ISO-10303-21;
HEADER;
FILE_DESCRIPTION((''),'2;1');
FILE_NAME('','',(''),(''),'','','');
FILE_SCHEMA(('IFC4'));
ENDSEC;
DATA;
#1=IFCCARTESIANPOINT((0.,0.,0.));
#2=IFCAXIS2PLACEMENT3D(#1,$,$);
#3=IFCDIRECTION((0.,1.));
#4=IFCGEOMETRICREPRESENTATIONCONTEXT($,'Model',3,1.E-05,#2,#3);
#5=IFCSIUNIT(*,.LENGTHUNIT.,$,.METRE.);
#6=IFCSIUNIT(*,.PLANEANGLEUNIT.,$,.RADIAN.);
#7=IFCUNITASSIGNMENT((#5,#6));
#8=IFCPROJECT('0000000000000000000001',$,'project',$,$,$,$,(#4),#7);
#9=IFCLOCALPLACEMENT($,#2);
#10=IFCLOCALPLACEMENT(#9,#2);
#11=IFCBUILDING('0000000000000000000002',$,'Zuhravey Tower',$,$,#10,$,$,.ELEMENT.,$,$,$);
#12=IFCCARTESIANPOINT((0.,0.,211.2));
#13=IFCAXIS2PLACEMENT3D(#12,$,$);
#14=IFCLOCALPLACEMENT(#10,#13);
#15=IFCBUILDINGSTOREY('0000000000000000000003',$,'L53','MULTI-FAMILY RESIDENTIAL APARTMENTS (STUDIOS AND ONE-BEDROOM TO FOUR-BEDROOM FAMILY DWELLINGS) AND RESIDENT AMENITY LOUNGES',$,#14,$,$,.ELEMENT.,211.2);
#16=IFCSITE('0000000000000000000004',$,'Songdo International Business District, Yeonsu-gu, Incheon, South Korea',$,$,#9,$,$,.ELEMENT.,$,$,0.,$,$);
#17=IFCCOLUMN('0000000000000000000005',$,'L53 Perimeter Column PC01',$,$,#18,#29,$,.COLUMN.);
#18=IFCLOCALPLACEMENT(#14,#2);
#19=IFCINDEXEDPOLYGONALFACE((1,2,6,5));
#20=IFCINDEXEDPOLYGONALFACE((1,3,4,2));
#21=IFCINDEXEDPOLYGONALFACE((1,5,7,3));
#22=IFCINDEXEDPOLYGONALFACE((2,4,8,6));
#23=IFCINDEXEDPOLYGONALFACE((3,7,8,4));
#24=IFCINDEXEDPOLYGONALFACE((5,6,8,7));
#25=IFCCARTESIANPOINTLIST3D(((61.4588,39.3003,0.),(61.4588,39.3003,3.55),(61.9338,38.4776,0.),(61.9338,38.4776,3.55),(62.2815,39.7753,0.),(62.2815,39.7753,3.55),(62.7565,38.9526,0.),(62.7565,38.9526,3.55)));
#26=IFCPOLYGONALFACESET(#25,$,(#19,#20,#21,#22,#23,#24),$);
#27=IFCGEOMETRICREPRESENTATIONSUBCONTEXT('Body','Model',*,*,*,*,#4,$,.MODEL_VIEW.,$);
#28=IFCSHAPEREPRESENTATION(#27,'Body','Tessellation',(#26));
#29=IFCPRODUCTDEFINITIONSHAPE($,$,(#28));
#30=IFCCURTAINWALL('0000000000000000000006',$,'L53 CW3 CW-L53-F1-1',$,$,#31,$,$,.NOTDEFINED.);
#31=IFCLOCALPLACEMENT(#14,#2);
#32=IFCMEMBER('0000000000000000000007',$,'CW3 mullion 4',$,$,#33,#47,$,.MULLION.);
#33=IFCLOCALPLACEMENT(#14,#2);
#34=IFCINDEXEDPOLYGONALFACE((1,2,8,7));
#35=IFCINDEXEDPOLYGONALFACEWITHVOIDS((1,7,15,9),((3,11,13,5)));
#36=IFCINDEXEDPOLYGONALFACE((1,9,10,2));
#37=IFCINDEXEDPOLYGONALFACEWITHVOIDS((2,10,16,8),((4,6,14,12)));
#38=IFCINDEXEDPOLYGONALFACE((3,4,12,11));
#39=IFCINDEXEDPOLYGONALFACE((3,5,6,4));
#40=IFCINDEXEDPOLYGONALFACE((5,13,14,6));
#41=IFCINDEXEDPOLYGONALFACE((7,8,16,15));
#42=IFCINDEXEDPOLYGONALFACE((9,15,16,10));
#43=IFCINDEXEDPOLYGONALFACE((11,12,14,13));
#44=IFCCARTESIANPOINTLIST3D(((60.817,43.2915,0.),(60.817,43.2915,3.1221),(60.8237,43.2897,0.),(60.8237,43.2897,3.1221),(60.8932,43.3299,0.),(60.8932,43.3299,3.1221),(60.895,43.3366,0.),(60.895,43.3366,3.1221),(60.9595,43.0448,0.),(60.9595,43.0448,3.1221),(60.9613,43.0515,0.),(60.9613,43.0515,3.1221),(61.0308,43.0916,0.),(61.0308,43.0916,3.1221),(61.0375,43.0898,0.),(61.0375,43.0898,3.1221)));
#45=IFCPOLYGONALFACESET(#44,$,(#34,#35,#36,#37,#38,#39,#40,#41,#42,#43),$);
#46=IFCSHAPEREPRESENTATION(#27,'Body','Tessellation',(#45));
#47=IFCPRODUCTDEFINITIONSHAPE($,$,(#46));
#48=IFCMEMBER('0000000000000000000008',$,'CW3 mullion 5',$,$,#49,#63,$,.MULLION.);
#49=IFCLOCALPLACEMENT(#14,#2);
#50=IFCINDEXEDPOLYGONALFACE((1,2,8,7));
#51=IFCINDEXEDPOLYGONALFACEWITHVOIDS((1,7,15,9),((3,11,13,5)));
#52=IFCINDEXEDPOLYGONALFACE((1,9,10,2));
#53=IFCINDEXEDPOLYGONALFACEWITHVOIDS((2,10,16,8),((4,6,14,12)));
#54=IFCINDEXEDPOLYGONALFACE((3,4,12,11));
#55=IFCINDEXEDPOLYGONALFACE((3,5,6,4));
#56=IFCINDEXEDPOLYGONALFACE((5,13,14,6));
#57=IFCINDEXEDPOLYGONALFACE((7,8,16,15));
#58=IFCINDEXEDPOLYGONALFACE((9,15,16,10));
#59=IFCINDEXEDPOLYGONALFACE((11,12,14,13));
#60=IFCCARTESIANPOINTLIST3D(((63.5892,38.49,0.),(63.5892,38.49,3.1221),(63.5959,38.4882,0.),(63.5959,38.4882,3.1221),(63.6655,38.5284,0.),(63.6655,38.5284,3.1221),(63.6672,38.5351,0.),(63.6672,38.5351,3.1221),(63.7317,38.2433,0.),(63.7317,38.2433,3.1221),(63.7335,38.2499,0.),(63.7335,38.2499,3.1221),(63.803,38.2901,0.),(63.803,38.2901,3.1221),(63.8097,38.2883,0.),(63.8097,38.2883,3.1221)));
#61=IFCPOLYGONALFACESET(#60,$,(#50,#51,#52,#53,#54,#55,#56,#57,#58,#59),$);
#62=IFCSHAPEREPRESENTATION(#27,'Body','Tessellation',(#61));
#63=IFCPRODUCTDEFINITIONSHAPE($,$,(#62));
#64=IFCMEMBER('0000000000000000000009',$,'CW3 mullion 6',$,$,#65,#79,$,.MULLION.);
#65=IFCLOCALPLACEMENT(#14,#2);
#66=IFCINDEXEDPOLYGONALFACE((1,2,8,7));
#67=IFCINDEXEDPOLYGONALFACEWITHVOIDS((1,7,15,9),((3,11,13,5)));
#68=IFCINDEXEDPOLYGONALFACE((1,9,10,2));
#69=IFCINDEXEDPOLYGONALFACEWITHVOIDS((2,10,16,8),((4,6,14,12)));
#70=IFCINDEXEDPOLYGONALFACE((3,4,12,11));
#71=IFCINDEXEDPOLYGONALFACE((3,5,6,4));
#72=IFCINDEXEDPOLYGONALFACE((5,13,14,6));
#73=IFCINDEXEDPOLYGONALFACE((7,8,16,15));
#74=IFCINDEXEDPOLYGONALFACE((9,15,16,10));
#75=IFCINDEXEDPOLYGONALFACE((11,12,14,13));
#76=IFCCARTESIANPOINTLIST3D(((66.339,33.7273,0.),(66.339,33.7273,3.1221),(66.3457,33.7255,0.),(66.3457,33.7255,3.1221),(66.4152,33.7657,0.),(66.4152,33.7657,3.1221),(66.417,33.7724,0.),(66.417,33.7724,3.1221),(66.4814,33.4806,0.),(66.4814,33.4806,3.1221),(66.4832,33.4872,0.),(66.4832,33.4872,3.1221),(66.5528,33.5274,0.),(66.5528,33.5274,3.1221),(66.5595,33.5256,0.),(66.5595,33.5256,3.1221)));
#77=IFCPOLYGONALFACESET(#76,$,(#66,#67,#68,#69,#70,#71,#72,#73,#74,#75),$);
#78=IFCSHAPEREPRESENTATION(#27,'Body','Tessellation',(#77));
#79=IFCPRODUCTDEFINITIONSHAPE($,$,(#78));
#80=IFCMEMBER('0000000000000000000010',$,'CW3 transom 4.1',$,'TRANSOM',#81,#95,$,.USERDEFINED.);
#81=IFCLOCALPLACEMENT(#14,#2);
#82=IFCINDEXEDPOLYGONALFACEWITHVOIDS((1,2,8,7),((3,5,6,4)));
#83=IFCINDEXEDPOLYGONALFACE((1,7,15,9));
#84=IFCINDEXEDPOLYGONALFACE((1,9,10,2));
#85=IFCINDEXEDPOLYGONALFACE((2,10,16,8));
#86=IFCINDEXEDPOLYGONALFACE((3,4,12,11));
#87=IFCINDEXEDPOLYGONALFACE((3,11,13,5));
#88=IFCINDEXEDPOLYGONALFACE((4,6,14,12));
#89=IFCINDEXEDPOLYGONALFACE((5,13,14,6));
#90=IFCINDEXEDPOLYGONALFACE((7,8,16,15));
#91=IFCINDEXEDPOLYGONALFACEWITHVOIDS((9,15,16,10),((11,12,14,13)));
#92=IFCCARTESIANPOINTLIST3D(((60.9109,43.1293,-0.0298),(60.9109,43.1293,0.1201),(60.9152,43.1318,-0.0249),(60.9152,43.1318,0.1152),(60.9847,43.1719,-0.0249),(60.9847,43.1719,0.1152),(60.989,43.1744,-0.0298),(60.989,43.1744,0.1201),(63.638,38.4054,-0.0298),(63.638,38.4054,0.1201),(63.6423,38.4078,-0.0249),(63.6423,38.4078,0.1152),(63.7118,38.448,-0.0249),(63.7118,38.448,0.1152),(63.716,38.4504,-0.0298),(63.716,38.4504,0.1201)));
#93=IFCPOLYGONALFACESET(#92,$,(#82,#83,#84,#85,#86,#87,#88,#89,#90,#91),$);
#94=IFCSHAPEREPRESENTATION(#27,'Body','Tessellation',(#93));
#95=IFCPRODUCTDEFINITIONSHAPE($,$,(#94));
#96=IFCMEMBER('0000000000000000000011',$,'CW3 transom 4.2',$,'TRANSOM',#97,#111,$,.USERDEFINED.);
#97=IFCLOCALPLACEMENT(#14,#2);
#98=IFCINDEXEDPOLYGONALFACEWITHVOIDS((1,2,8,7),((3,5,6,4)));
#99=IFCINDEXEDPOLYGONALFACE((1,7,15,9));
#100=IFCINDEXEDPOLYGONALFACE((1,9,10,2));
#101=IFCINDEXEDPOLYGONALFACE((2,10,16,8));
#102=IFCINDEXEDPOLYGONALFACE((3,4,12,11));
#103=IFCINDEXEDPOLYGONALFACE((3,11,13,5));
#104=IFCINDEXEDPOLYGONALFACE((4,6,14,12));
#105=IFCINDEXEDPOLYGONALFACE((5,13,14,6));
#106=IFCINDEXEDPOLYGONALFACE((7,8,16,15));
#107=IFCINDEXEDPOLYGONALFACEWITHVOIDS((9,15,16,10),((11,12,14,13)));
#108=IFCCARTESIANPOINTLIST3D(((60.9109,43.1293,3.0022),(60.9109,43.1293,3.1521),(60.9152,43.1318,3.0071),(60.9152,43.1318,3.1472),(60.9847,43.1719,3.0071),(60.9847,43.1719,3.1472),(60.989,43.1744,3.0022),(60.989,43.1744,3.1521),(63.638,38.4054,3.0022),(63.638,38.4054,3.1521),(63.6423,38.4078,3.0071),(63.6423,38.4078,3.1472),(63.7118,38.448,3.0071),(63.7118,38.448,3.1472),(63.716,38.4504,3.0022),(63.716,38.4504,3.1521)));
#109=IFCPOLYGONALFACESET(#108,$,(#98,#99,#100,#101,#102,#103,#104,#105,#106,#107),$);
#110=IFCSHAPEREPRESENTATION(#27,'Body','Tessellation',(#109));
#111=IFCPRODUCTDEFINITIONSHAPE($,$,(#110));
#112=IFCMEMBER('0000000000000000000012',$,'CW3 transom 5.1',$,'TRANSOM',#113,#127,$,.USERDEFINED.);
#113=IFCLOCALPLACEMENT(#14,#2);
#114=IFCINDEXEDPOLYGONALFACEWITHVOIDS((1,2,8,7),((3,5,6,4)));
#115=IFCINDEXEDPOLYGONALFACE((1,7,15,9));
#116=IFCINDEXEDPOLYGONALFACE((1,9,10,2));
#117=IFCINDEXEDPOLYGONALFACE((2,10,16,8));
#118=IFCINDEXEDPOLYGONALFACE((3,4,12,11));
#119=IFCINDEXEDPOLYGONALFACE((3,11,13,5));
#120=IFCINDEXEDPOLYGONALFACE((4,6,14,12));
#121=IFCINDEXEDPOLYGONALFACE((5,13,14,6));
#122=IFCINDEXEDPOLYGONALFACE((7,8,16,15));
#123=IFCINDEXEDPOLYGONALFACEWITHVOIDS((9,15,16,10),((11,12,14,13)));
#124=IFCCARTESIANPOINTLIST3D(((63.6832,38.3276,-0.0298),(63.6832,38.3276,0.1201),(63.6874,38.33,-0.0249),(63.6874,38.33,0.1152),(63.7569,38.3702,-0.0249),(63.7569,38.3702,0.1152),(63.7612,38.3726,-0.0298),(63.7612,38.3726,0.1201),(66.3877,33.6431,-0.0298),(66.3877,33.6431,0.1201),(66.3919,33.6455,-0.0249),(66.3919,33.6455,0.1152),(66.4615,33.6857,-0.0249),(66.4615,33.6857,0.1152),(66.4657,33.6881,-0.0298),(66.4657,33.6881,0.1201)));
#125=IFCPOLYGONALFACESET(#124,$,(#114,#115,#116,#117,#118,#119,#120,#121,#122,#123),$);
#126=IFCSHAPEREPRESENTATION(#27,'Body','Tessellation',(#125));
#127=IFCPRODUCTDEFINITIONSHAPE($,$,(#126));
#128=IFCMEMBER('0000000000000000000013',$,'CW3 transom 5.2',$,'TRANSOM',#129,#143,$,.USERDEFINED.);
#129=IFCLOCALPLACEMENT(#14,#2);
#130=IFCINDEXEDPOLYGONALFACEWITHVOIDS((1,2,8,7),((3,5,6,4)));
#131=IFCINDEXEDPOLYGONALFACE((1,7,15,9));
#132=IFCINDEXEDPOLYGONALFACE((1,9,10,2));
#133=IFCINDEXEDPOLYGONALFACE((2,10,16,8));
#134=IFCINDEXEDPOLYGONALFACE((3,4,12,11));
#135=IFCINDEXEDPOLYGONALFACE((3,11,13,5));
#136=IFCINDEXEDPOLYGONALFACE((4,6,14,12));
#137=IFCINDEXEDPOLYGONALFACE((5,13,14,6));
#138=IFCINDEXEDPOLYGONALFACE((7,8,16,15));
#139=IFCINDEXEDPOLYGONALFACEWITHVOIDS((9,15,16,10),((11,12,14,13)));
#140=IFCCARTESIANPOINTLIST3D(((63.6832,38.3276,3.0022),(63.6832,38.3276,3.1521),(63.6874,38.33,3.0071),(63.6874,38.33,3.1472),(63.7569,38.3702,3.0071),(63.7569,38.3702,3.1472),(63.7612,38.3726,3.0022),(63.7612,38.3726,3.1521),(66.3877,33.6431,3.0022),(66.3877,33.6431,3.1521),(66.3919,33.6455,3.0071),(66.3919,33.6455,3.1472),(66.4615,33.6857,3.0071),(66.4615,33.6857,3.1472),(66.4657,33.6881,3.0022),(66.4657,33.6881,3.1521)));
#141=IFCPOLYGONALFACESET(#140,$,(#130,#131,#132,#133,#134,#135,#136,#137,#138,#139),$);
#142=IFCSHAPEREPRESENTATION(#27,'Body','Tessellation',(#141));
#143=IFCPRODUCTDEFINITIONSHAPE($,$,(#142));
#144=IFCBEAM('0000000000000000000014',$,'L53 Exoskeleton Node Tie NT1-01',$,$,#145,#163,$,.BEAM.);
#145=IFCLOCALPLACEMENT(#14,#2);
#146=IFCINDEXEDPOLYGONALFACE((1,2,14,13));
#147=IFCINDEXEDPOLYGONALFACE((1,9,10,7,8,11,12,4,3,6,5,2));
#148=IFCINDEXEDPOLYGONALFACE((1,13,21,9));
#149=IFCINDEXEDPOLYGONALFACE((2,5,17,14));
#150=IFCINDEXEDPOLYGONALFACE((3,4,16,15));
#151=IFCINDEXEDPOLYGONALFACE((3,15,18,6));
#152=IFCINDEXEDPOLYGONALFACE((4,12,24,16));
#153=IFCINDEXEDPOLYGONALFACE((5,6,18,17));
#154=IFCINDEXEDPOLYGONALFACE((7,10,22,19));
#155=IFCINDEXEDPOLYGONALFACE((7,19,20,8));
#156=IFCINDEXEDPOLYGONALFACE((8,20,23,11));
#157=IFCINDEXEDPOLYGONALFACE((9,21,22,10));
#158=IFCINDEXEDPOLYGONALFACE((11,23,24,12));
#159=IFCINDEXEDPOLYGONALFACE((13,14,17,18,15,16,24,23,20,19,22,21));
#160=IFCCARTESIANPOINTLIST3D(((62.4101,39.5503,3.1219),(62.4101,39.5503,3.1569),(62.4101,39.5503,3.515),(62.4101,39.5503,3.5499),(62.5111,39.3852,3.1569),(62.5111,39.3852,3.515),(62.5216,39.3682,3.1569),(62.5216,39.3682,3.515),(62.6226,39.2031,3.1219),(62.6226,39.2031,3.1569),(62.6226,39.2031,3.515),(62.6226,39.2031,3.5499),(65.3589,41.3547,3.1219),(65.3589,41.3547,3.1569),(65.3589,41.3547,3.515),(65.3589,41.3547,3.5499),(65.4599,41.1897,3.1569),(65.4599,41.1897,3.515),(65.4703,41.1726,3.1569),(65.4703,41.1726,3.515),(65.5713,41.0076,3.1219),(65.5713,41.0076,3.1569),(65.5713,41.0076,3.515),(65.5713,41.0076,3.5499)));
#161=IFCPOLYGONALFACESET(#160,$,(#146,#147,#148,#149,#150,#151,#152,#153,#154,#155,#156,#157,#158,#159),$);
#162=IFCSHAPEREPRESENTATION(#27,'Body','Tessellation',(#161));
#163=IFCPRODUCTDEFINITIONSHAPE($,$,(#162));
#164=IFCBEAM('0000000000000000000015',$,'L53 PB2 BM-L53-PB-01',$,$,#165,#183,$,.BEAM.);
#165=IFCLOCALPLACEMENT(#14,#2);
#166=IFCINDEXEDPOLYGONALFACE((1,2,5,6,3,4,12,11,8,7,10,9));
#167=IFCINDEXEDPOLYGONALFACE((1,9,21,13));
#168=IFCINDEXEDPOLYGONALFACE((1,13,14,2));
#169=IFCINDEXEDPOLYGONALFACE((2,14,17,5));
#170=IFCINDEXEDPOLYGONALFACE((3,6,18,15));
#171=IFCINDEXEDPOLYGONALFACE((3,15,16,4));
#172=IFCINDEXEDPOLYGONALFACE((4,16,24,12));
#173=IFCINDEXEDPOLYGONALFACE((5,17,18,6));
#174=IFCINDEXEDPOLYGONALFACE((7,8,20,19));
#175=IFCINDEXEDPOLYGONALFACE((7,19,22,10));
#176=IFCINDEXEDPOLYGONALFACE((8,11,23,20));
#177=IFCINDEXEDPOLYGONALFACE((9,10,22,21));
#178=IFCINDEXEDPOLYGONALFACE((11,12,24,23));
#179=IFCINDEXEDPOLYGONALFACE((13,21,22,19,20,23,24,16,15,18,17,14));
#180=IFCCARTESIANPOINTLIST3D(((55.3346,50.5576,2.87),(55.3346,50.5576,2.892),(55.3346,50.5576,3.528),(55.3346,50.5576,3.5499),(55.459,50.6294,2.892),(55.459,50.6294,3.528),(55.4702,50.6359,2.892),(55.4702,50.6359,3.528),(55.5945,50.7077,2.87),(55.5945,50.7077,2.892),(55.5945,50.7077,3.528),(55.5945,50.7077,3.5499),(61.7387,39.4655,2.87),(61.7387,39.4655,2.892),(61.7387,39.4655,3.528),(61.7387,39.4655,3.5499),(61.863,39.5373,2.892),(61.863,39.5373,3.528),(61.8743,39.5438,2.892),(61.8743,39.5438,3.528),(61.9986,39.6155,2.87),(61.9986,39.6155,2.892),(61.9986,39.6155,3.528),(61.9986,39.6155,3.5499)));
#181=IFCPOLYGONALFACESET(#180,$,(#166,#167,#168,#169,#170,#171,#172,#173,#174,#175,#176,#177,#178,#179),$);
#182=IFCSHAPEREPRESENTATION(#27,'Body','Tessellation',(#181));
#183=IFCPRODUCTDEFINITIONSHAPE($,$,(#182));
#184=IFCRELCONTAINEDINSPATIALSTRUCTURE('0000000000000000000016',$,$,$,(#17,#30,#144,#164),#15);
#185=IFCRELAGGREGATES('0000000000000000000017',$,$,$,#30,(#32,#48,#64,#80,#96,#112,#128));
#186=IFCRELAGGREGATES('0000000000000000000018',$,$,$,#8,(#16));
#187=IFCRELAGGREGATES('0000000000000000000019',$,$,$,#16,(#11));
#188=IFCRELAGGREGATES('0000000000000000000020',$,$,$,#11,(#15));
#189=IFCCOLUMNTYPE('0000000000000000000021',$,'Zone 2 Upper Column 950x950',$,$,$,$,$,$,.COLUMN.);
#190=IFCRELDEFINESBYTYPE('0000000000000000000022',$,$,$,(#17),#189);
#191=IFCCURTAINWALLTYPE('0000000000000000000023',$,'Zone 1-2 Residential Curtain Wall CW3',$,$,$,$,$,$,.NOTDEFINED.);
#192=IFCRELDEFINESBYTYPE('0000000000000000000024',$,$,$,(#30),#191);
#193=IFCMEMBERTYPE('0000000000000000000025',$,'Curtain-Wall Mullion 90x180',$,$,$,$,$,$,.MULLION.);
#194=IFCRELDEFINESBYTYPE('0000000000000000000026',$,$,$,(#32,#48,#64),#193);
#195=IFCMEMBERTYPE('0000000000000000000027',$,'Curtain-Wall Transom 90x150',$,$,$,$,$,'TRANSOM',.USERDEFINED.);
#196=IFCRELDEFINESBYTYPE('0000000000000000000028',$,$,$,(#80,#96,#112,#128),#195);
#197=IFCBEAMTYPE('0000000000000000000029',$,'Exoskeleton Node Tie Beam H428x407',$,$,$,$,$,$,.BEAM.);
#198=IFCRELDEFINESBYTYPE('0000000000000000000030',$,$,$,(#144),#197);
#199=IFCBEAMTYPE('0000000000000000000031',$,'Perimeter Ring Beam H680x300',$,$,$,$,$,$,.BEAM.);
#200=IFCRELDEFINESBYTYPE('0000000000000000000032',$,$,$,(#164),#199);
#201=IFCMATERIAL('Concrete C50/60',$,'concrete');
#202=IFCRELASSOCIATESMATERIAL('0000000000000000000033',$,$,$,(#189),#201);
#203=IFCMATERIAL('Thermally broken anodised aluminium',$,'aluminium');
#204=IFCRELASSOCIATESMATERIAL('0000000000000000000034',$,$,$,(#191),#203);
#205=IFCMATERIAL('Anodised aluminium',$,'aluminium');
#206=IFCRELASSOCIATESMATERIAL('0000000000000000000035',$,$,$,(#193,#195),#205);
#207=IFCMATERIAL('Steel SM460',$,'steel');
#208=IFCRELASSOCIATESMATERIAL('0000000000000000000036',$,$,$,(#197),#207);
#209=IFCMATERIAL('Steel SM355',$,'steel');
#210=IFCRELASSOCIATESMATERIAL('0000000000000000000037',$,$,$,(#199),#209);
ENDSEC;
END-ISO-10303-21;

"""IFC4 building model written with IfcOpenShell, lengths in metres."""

from ifc_helpers import new_model, si_unit, direction, frame, origin, origin_2d, place, context, subcontext, project, spatial, rectangle, hollow_rectangle, i_section, extrude, material, material_profile, profile_set, type_object, element, aggregate, save


model = new_model("IFC4")

# Units and contexts
model_context = context("Model", 3, precision=1e-05, world=origin(), true_north=direction((0.0, 1.0)))
body_context = subcontext(model_context, "Body", "Model", "MODEL_VIEW")
ifc_project = project(units=[si_unit("LENGTHUNIT", "METRE"), si_unit("PLANEANGLEUNIT", "RADIAN")], contexts=[model_context])

# Site, building, storey
site_placement = place(None, origin())
site = spatial("IfcSite", under=ifc_project, at=site_placement, Name="Songdo International Business District, Yeonsu-gu, Incheon, South Korea", CompositionType="ELEMENT", RefElevation=0.0)
building_placement = place(site_placement, origin())
building = spatial("IfcBuilding", under=site, at=building_placement, Name="Zuhravey Tower", CompositionType="ELEMENT")
storey_placement = place(building_placement, frame((0.0, 0.0, 211.2)))
storey = spatial("IfcBuildingStorey", under=building, at=storey_placement, Name="L53", Description="MULTI-FAMILY RESIDENTIAL APARTMENTS (STUDIOS AND ONE-BEDROOM TO FOUR-BEDROOM FAMILY DWELLINGS) AND RESIDENT AMENITY LOUNGES", CompositionType="ELEMENT", Elevation=211.2)

# Column
ifc_material_1 = material(Name="Concrete C50/60", Category="concrete")
ifc_material_profile_1 = material_profile(ifc_material_1, rectangle(XDim=0.95, YDim=0.95, at=origin_2d()), Name="RC-950x950")
ifc_profile_set_1 = profile_set([ifc_material_profile_1], Name="Concrete C50/60")
column_type = type_object("IfcColumnType", Name="Zone 2 Upper Column 950x950", PredefinedType="COLUMN", material=ifc_profile_set_1)
column_placement = place(storey_placement, frame((62.1077, 39.1265, 0.0), z_axis=(0.0, 0.0, 1.0), x_axis=(-0.5, 0.866025, 0.0)))
element("IfcColumn", 1, at=column_placement, inside=storey, type_object=column_type, Name="L53 Perimeter Column PC01", PredefinedType="COLUMN", context=body_context, shape_type="SweptSolid", body=[
    extrude(rectangle(XDim=0.95, YDim=0.95, at=origin_2d()), origin(), (0.0, 0.0, 1.0), 3.55),
])

# Curtain wall, members
ifc_material_2 = material(Name="Thermally broken anodised aluminium", Category="aluminium")
curtain_wall_type = type_object("IfcCurtainWallType", Name="Zone 1-2 Residential Curtain Wall CW3", PredefinedType="NOTDEFINED", material=ifc_material_2)
curtain_wall_placement = place(storey_placement, origin())
curtain_wall = element("IfcCurtainWall", 2, at=curtain_wall_placement, inside=storey, type_object=curtain_wall_type, Name="L53 CW3 CW-L53-F1-1", PredefinedType="NOTDEFINED")
ifc_material_3 = material(Name="Anodised aluminium", Category="aluminium")
ifc_material_profile_2 = material_profile(ifc_material_3, hollow_rectangle(XDim=0.0901, YDim=0.2849, WallThickness=0.0049, at=origin_2d()), Name="ALU-RHS-90x285x5")
ifc_profile_set_2 = profile_set([ifc_material_profile_2], Name="Anodised aluminium")
member_type_1 = type_object("IfcMemberType", Name="Curtain-Wall Mullion 90x180", PredefinedType="MULLION", material=ifc_profile_set_2)
member_1_placement = place(storey_placement, frame((60.9272, 43.1907, 0.0), z_axis=(0.0, 0.0, 1.0), x_axis=(0.866025, 0.5, 0.0)))
member_1 = element("IfcMember", 3, at=member_1_placement, type_object=member_type_1, Name="CW3 mullion 4", PredefinedType="MULLION", context=body_context, shape_type="SweptSolid", body=[
    extrude(hollow_rectangle(XDim=0.0901, YDim=0.2849, WallThickness=0.0049, at=origin_2d()), origin(), (0.0, 0.0, 1.0), 3.1221),
])
member_2_placement = place(storey_placement, frame((63.6995, 38.3892, 0.0), z_axis=(0.0, 0.0, 1.0), x_axis=(0.866025, 0.5, 0.0)))
member_2 = element("IfcMember", 4, at=member_2_placement, type_object=member_type_1, Name="CW3 mullion 5", PredefinedType="MULLION", context=body_context, shape_type="SweptSolid", body=[
    extrude(hollow_rectangle(XDim=0.0901, YDim=0.2849, WallThickness=0.0049, at=origin_2d()), origin(), (0.0, 0.0, 1.0), 3.1221),
])
member_3_placement = place(storey_placement, frame((66.4492, 33.6265, 0.0), z_axis=(0.0, 0.0, 1.0), x_axis=(0.866025, 0.5, 0.0)))
member_3 = element("IfcMember", 5, at=member_3_placement, type_object=member_type_1, Name="CW3 mullion 6", PredefinedType="MULLION", context=body_context, shape_type="SweptSolid", body=[
    extrude(hollow_rectangle(XDim=0.0901, YDim=0.2849, WallThickness=0.0049, at=origin_2d()), origin(), (0.0, 0.0, 1.0), 3.1221),
])
ifc_material_profile_3 = material_profile(ifc_material_3, hollow_rectangle(XDim=0.0901, YDim=0.1499, WallThickness=0.0049, at=origin_2d()), Name="ALU-RHS-90x150x5")
ifc_profile_set_3 = profile_set([ifc_material_profile_3], Name="Anodised aluminium")
member_type_2 = type_object("IfcMemberType", Name="Curtain-Wall Transom 90x150", ElementType="TRANSOM", PredefinedType="USERDEFINED", material=ifc_profile_set_3)
member_4_placement = place(storey_placement, frame((60.95, 43.1519, 0.0452), z_axis=(0.499961, -0.866048, 0.0), x_axis=(0.866048, 0.499961, 0.0)))
member_4 = element("IfcMember", 6, at=member_4_placement, type_object=member_type_2, Name="CW3 transom 4.1", ObjectType="TRANSOM", PredefinedType="USERDEFINED", context=body_context, shape_type="SweptSolid", body=[
    extrude(hollow_rectangle(XDim=0.0901, YDim=0.1499, WallThickness=0.0049, at=origin_2d()), origin(), (0.0, 0.0, 1.0), 5.4546),
])
member_5_placement = place(storey_placement, frame((60.95, 43.1519, 3.0771), z_axis=(0.499961, -0.866048, 0.0), x_axis=(0.866048, 0.499961, 0.0)))
member_5 = element("IfcMember", 7, at=member_5_placement, type_object=member_type_2, Name="CW3 transom 4.2", ObjectType="TRANSOM", PredefinedType="USERDEFINED", context=body_context, shape_type="SweptSolid", body=[
    extrude(hollow_rectangle(XDim=0.0901, YDim=0.1499, WallThickness=0.0049, at=origin_2d()), origin(), (0.0, 0.0, 1.0), 5.4546),
])
member_6_placement = place(storey_placement, frame((63.7222, 38.3501, 0.0452), z_axis=(0.499993, -0.866029, 0.0), x_axis=(0.866029, 0.499993, 0.0)))
member_6 = element("IfcMember", 8, at=member_6_placement, type_object=member_type_2, Name="CW3 transom 5.1", ObjectType="TRANSOM", PredefinedType="USERDEFINED", context=body_context, shape_type="SweptSolid", body=[
    extrude(hollow_rectangle(XDim=0.0901, YDim=0.1499, WallThickness=0.0049, at=origin_2d()), origin(), (0.0, 0.0, 1.0), 5.4092),
])
member_7_placement = place(storey_placement, frame((63.7222, 38.3501, 3.0771), z_axis=(0.499993, -0.866029, 0.0), x_axis=(0.866029, 0.499993, 0.0)))
member_7 = element("IfcMember", 9, at=member_7_placement, type_object=member_type_2, Name="CW3 transom 5.2", ObjectType="TRANSOM", PredefinedType="USERDEFINED", context=body_context, shape_type="SweptSolid", body=[
    extrude(hollow_rectangle(XDim=0.0901, YDim=0.1499, WallThickness=0.0049, at=origin_2d()), origin(), (0.0, 0.0, 1.0), 5.4092),
])

# Beams
ifc_material_4 = material(Name="Steel SM460", Category="steel")
ifc_material_profile_4 = material_profile(ifc_material_4, i_section(OverallWidth=0.407, OverallDepth=0.428, WebThickness=0.02, FlangeThickness=0.0349, at=origin_2d()), Name="H-428x407x20x35")
ifc_profile_set_4 = profile_set([ifc_material_profile_4], Name="Steel SM460")
beam_type_1 = type_object("IfcBeamType", Name="Exoskeleton Node Tie Beam H428x407", PredefinedType="BEAM", material=ifc_profile_set_4)
beam_1_placement = place(storey_placement, frame((62.5164, 39.3767, 3.3359), z_axis=(0.852967, 0.521964, 0.0), x_axis=(-0.521964, 0.852967, 0.0)))
element("IfcBeam", 10, at=beam_1_placement, inside=storey, type_object=beam_type_1, Name="L53 Exoskeleton Node Tie NT1-01", PredefinedType="BEAM", context=body_context, shape_type="SweptSolid", body=[
    extrude(i_section(OverallWidth=0.407, OverallDepth=0.428, WebThickness=0.02, FlangeThickness=0.0349, at=origin_2d()), origin(), (0.0, 0.0, 1.0), 3.457),
])
ifc_material_5 = material(Name="Steel SM355", Category="steel")
ifc_material_profile_5 = material_profile(ifc_material_5, i_section(OverallWidth=0.3, OverallDepth=0.6799, WebThickness=0.0129, FlangeThickness=0.022, at=origin_2d()), Name="H-680x300x13x22")
ifc_profile_set_5 = profile_set([ifc_material_profile_5], Name="Steel SM355")
beam_type_2 = type_object("IfcBeamType", Name="Perimeter Ring Beam H680x300", PredefinedType="BEAM", material=ifc_profile_set_5)
beam_2_placement = place(storey_placement, frame((61.8687, 39.5405, 3.21), z_axis=(-0.500004, 0.866023, 0.0), x_axis=(-0.866023, -0.500004, 0.0)))
element("IfcBeam", 11, at=beam_2_placement, inside=storey, type_object=beam_type_2, Name="L53 PB2 BM-L53-PB-01", PredefinedType="BEAM", context=body_context, shape_type="SweptSolid", body=[
    extrude(i_section(OverallWidth=0.3, OverallDepth=0.6799, WebThickness=0.0129, FlangeThickness=0.022, at=origin_2d()), origin(), (0.0, 0.0, 1.0), 12.8081),
])

aggregate(curtain_wall, [member_1, member_2, member_3, member_4, member_5, member_6, member_7])

save(model, "model.ifc")
